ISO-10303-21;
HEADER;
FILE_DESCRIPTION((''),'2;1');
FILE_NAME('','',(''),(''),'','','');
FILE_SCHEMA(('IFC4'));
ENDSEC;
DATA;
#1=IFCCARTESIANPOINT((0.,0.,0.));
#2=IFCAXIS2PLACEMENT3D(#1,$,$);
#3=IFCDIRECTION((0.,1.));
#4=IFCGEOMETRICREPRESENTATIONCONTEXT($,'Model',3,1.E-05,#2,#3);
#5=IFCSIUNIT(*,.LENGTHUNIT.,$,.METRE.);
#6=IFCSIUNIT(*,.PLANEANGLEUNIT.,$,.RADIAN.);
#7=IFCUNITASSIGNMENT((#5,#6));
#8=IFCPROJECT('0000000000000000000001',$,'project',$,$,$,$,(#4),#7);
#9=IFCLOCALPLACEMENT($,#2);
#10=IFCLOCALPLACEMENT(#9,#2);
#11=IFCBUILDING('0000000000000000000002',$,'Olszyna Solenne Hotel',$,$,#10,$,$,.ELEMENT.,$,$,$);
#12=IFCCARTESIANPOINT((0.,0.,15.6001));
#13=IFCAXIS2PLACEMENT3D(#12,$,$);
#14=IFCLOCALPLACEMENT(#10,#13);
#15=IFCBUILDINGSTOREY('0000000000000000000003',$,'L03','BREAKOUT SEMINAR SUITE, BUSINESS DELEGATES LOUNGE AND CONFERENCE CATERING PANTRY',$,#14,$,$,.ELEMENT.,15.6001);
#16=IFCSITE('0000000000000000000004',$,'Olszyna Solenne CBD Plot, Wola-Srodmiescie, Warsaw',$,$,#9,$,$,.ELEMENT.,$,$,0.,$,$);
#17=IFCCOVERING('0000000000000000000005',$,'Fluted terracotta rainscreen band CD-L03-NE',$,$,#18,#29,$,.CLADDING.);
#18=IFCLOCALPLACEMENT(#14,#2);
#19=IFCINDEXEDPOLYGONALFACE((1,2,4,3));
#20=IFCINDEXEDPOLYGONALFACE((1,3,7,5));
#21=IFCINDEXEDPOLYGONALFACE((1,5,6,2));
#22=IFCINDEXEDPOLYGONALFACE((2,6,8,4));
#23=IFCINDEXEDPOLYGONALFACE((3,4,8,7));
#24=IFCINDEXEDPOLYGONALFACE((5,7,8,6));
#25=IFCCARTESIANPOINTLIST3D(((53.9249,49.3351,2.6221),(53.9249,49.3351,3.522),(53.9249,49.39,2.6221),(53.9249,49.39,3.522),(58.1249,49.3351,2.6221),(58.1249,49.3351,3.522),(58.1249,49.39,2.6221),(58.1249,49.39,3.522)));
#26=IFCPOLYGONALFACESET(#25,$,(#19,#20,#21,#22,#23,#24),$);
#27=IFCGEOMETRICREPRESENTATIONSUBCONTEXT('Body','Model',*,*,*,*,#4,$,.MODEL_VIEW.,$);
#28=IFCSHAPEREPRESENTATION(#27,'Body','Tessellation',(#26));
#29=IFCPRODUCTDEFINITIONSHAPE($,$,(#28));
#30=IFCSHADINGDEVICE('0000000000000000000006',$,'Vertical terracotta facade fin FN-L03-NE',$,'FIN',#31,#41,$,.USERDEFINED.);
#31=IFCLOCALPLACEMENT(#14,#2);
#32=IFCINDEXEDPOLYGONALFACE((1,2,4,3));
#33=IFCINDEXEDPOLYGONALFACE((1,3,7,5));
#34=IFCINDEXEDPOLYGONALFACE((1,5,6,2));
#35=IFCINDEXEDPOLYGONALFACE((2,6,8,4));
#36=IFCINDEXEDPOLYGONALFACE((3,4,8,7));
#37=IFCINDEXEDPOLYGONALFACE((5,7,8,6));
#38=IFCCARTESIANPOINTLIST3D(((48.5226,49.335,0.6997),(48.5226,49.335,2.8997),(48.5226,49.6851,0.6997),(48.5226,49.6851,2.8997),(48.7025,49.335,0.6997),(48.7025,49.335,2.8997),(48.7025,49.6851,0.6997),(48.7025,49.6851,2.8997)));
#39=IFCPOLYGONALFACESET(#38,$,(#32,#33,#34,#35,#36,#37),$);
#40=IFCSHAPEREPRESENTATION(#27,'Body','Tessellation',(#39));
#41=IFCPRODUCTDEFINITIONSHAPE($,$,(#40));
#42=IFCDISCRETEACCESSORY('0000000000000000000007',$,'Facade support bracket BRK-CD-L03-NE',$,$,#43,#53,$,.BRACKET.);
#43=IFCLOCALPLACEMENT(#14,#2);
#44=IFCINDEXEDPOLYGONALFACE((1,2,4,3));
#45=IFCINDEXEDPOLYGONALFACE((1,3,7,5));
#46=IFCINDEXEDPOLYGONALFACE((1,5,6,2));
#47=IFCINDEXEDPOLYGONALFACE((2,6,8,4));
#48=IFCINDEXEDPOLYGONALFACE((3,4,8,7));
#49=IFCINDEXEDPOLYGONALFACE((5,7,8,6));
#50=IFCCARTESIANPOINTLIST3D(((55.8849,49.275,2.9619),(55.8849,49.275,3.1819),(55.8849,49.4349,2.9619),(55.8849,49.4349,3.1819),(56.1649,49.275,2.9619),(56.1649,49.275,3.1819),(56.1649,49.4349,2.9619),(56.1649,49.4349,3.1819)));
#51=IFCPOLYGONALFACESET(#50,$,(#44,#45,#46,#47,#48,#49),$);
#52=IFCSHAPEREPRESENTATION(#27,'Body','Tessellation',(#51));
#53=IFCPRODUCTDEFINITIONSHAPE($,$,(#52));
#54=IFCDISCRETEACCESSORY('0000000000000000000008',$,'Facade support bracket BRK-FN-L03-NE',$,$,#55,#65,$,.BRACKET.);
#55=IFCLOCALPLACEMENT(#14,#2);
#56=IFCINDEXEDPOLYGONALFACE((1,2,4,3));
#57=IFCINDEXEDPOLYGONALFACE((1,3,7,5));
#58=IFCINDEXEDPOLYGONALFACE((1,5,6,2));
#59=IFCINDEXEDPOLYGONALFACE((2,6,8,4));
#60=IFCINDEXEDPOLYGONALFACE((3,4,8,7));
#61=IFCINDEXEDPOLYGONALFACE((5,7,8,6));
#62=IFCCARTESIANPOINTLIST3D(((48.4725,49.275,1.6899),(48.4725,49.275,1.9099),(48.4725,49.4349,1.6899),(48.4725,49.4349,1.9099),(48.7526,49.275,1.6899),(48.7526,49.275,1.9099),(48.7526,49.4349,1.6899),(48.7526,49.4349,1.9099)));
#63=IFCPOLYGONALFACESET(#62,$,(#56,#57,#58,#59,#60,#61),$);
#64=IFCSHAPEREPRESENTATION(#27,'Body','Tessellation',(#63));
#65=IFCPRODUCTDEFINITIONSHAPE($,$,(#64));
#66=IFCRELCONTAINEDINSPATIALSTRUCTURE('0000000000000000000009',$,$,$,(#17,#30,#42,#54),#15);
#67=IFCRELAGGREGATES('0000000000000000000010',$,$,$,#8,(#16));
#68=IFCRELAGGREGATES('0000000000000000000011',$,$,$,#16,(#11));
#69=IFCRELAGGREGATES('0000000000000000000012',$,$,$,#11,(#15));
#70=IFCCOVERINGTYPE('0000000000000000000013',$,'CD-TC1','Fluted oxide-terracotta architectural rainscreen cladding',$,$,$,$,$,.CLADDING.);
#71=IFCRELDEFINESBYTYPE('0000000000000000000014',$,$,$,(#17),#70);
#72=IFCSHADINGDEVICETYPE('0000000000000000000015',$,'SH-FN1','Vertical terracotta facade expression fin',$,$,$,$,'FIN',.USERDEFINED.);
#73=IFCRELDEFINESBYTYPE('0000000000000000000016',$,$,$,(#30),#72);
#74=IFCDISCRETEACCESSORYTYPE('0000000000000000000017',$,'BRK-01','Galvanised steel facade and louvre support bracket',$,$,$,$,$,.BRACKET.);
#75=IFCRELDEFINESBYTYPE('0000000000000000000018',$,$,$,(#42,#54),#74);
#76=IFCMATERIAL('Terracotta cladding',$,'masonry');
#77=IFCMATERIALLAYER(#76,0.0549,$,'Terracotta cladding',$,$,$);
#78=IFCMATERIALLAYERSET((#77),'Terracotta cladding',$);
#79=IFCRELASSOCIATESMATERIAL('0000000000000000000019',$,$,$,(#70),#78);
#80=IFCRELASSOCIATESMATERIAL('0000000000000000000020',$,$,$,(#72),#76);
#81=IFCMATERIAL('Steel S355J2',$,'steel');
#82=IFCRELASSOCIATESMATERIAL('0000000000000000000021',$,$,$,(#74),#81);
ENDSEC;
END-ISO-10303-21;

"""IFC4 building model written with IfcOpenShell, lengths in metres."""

from ifc_helpers import new_model, si_unit, direction, frame, origin, origin_2d, place, context, subcontext, project, spatial, rectangle, extrude, source, transform, mapped, material, layer, layer_set, type_object, element, save


model = new_model("IFC4")

# Units and contexts
model_context = context("Model", 3, precision=1e-05, world=origin(), true_north=direction((0.0, 1.0)))
body_context = subcontext(model_context, "Body", "Model", "MODEL_VIEW")
ifc_project = project(units=[si_unit("LENGTHUNIT", "METRE"), si_unit("PLANEANGLEUNIT", "RADIAN")], contexts=[model_context])

# Site, building, storey
site_placement = place(None, origin())
site = spatial("IfcSite", under=ifc_project, at=site_placement, Name="Olszyna Solenne CBD Plot, Wola-Srodmiescie, Warsaw", CompositionType="ELEMENT", RefElevation=0.0)
building_placement = place(site_placement, origin())
building = spatial("IfcBuilding", under=site, at=building_placement, Name="Olszyna Solenne Hotel", CompositionType="ELEMENT")
storey_placement = place(building_placement, frame((0.0, 0.0, 15.6001)))
storey = spatial("IfcBuildingStorey", under=building, at=storey_placement, Name="L03", Description="BREAKOUT SEMINAR SUITE, BUSINESS DELEGATES LOUNGE AND CONFERENCE CATERING PANTRY", CompositionType="ELEMENT", Elevation=15.6001)

# Shared definitions
ifc_material_1 = material(Name="Steel S355J2", Category="steel")

# Covering
ifc_material_2 = material(Name="Terracotta cladding", Category="masonry")
ifc_layer_1 = layer(ifc_material_2, 0.0549, Name="Terracotta cladding")
ifc_layer_set_1 = layer_set([ifc_layer_1], Name="Terracotta cladding")
covering_type = type_object("IfcCoveringType", Name="CD-TC1", Description="Fluted oxide-terracotta architectural rainscreen cladding", PredefinedType="CLADDING", material=ifc_layer_set_1)
shared_shape_1 = source(origin(), body_context, "Body", "SweptSolid", [
    extrude(rectangle(XDim=4.2, YDim=0.0549, at=origin_2d()), origin(), (0.0, 0.0, 1.0), 0.8999),
])
covering_placement = place(storey_placement, frame((56.0249, 49.3625, 2.6221), z_axis=(0.0, 0.0, 1.0), x_axis=(1.0, 0.0, 0.0)))
element("IfcCovering", 1, at=covering_placement, inside=storey, type_object=covering_type, Name="Fluted terracotta rainscreen band CD-L03-NE", PredefinedType="CLADDING", context=body_context, shape_type="MappedRepresentation", body=[
    mapped(shared_shape_1, transform((0.0, 0.0, 0.0), x_axis=(1.0, 0.0, 0.0), y_axis=(0.0, 1.0, 0.0), z_axis=(0.0, 0.0, 1.0), scale=1.0)),
])

# Shading device
shading_device_type = type_object("IfcShadingDeviceType", Name="SH-FN1", Description="Vertical terracotta facade expression fin", ElementType="FIN", PredefinedType="USERDEFINED", material=ifc_material_2)
shared_shape_2 = source(origin(), body_context, "Body", "SweptSolid", [
    extrude(rectangle(XDim=0.1799, YDim=0.3501, at=origin_2d()), origin(), (0.0, 0.0, 1.0), 2.2),
])
shading_device_placement = place(storey_placement, frame((48.6125, 49.51, 0.6997), z_axis=(0.0, 0.0, 1.0), x_axis=(1.0, 0.0, 0.0)))
element("IfcShadingDevice", 2, at=shading_device_placement, inside=storey, type_object=shading_device_type, Name="Vertical terracotta facade fin FN-L03-NE", ObjectType="FIN", PredefinedType="USERDEFINED", context=body_context, shape_type="MappedRepresentation", body=[
    mapped(shared_shape_2, transform((0.0, 0.0, 0.0), x_axis=(1.0, 0.0, 0.0), y_axis=(0.0, 1.0, 0.0), z_axis=(0.0, 0.0, 1.0), scale=1.0)),
])

# Discrete accessories
discrete_accessory_type = type_object("IfcDiscreteAccessoryType", Name="BRK-01", Description="Galvanised steel facade and louvre support bracket", PredefinedType="BRACKET", material=ifc_material_1)
shared_shape_3 = source(origin(), body_context, "Body", "SweptSolid", [
    extrude(rectangle(XDim=0.28, YDim=0.1599, at=origin_2d()), origin(), (0.0, 0.0, 1.0), 0.22),
])
for number, where, z_axis, x_axis, name in (
    (3, (56.0249, 49.355, 2.9619), (0.0, 0.0, 1.0), (1.0, 0.0, 0.0), "Facade support bracket BRK-CD-L03-NE"),
    (4, (48.6125, 49.355, 1.6899), (0.0, 0.0, 1.0), (1.0, 0.0, 0.0), "Facade support bracket BRK-FN-L03-NE"),
):
    element("IfcDiscreteAccessory", number, at=place(storey_placement, frame(where, z_axis=z_axis, x_axis=x_axis)), inside=storey, type_object=discrete_accessory_type, Name=name, PredefinedType="BRACKET", context=body_context, shape_type="MappedRepresentation", body=[
        mapped(shared_shape_3, transform((0.0, 0.0, 0.0), x_axis=(1.0, 0.0, 0.0), y_axis=(0.0, 1.0, 0.0), z_axis=(0.0, 0.0, 1.0), scale=1.0)),
    ])

save(model, "model.ifc")
